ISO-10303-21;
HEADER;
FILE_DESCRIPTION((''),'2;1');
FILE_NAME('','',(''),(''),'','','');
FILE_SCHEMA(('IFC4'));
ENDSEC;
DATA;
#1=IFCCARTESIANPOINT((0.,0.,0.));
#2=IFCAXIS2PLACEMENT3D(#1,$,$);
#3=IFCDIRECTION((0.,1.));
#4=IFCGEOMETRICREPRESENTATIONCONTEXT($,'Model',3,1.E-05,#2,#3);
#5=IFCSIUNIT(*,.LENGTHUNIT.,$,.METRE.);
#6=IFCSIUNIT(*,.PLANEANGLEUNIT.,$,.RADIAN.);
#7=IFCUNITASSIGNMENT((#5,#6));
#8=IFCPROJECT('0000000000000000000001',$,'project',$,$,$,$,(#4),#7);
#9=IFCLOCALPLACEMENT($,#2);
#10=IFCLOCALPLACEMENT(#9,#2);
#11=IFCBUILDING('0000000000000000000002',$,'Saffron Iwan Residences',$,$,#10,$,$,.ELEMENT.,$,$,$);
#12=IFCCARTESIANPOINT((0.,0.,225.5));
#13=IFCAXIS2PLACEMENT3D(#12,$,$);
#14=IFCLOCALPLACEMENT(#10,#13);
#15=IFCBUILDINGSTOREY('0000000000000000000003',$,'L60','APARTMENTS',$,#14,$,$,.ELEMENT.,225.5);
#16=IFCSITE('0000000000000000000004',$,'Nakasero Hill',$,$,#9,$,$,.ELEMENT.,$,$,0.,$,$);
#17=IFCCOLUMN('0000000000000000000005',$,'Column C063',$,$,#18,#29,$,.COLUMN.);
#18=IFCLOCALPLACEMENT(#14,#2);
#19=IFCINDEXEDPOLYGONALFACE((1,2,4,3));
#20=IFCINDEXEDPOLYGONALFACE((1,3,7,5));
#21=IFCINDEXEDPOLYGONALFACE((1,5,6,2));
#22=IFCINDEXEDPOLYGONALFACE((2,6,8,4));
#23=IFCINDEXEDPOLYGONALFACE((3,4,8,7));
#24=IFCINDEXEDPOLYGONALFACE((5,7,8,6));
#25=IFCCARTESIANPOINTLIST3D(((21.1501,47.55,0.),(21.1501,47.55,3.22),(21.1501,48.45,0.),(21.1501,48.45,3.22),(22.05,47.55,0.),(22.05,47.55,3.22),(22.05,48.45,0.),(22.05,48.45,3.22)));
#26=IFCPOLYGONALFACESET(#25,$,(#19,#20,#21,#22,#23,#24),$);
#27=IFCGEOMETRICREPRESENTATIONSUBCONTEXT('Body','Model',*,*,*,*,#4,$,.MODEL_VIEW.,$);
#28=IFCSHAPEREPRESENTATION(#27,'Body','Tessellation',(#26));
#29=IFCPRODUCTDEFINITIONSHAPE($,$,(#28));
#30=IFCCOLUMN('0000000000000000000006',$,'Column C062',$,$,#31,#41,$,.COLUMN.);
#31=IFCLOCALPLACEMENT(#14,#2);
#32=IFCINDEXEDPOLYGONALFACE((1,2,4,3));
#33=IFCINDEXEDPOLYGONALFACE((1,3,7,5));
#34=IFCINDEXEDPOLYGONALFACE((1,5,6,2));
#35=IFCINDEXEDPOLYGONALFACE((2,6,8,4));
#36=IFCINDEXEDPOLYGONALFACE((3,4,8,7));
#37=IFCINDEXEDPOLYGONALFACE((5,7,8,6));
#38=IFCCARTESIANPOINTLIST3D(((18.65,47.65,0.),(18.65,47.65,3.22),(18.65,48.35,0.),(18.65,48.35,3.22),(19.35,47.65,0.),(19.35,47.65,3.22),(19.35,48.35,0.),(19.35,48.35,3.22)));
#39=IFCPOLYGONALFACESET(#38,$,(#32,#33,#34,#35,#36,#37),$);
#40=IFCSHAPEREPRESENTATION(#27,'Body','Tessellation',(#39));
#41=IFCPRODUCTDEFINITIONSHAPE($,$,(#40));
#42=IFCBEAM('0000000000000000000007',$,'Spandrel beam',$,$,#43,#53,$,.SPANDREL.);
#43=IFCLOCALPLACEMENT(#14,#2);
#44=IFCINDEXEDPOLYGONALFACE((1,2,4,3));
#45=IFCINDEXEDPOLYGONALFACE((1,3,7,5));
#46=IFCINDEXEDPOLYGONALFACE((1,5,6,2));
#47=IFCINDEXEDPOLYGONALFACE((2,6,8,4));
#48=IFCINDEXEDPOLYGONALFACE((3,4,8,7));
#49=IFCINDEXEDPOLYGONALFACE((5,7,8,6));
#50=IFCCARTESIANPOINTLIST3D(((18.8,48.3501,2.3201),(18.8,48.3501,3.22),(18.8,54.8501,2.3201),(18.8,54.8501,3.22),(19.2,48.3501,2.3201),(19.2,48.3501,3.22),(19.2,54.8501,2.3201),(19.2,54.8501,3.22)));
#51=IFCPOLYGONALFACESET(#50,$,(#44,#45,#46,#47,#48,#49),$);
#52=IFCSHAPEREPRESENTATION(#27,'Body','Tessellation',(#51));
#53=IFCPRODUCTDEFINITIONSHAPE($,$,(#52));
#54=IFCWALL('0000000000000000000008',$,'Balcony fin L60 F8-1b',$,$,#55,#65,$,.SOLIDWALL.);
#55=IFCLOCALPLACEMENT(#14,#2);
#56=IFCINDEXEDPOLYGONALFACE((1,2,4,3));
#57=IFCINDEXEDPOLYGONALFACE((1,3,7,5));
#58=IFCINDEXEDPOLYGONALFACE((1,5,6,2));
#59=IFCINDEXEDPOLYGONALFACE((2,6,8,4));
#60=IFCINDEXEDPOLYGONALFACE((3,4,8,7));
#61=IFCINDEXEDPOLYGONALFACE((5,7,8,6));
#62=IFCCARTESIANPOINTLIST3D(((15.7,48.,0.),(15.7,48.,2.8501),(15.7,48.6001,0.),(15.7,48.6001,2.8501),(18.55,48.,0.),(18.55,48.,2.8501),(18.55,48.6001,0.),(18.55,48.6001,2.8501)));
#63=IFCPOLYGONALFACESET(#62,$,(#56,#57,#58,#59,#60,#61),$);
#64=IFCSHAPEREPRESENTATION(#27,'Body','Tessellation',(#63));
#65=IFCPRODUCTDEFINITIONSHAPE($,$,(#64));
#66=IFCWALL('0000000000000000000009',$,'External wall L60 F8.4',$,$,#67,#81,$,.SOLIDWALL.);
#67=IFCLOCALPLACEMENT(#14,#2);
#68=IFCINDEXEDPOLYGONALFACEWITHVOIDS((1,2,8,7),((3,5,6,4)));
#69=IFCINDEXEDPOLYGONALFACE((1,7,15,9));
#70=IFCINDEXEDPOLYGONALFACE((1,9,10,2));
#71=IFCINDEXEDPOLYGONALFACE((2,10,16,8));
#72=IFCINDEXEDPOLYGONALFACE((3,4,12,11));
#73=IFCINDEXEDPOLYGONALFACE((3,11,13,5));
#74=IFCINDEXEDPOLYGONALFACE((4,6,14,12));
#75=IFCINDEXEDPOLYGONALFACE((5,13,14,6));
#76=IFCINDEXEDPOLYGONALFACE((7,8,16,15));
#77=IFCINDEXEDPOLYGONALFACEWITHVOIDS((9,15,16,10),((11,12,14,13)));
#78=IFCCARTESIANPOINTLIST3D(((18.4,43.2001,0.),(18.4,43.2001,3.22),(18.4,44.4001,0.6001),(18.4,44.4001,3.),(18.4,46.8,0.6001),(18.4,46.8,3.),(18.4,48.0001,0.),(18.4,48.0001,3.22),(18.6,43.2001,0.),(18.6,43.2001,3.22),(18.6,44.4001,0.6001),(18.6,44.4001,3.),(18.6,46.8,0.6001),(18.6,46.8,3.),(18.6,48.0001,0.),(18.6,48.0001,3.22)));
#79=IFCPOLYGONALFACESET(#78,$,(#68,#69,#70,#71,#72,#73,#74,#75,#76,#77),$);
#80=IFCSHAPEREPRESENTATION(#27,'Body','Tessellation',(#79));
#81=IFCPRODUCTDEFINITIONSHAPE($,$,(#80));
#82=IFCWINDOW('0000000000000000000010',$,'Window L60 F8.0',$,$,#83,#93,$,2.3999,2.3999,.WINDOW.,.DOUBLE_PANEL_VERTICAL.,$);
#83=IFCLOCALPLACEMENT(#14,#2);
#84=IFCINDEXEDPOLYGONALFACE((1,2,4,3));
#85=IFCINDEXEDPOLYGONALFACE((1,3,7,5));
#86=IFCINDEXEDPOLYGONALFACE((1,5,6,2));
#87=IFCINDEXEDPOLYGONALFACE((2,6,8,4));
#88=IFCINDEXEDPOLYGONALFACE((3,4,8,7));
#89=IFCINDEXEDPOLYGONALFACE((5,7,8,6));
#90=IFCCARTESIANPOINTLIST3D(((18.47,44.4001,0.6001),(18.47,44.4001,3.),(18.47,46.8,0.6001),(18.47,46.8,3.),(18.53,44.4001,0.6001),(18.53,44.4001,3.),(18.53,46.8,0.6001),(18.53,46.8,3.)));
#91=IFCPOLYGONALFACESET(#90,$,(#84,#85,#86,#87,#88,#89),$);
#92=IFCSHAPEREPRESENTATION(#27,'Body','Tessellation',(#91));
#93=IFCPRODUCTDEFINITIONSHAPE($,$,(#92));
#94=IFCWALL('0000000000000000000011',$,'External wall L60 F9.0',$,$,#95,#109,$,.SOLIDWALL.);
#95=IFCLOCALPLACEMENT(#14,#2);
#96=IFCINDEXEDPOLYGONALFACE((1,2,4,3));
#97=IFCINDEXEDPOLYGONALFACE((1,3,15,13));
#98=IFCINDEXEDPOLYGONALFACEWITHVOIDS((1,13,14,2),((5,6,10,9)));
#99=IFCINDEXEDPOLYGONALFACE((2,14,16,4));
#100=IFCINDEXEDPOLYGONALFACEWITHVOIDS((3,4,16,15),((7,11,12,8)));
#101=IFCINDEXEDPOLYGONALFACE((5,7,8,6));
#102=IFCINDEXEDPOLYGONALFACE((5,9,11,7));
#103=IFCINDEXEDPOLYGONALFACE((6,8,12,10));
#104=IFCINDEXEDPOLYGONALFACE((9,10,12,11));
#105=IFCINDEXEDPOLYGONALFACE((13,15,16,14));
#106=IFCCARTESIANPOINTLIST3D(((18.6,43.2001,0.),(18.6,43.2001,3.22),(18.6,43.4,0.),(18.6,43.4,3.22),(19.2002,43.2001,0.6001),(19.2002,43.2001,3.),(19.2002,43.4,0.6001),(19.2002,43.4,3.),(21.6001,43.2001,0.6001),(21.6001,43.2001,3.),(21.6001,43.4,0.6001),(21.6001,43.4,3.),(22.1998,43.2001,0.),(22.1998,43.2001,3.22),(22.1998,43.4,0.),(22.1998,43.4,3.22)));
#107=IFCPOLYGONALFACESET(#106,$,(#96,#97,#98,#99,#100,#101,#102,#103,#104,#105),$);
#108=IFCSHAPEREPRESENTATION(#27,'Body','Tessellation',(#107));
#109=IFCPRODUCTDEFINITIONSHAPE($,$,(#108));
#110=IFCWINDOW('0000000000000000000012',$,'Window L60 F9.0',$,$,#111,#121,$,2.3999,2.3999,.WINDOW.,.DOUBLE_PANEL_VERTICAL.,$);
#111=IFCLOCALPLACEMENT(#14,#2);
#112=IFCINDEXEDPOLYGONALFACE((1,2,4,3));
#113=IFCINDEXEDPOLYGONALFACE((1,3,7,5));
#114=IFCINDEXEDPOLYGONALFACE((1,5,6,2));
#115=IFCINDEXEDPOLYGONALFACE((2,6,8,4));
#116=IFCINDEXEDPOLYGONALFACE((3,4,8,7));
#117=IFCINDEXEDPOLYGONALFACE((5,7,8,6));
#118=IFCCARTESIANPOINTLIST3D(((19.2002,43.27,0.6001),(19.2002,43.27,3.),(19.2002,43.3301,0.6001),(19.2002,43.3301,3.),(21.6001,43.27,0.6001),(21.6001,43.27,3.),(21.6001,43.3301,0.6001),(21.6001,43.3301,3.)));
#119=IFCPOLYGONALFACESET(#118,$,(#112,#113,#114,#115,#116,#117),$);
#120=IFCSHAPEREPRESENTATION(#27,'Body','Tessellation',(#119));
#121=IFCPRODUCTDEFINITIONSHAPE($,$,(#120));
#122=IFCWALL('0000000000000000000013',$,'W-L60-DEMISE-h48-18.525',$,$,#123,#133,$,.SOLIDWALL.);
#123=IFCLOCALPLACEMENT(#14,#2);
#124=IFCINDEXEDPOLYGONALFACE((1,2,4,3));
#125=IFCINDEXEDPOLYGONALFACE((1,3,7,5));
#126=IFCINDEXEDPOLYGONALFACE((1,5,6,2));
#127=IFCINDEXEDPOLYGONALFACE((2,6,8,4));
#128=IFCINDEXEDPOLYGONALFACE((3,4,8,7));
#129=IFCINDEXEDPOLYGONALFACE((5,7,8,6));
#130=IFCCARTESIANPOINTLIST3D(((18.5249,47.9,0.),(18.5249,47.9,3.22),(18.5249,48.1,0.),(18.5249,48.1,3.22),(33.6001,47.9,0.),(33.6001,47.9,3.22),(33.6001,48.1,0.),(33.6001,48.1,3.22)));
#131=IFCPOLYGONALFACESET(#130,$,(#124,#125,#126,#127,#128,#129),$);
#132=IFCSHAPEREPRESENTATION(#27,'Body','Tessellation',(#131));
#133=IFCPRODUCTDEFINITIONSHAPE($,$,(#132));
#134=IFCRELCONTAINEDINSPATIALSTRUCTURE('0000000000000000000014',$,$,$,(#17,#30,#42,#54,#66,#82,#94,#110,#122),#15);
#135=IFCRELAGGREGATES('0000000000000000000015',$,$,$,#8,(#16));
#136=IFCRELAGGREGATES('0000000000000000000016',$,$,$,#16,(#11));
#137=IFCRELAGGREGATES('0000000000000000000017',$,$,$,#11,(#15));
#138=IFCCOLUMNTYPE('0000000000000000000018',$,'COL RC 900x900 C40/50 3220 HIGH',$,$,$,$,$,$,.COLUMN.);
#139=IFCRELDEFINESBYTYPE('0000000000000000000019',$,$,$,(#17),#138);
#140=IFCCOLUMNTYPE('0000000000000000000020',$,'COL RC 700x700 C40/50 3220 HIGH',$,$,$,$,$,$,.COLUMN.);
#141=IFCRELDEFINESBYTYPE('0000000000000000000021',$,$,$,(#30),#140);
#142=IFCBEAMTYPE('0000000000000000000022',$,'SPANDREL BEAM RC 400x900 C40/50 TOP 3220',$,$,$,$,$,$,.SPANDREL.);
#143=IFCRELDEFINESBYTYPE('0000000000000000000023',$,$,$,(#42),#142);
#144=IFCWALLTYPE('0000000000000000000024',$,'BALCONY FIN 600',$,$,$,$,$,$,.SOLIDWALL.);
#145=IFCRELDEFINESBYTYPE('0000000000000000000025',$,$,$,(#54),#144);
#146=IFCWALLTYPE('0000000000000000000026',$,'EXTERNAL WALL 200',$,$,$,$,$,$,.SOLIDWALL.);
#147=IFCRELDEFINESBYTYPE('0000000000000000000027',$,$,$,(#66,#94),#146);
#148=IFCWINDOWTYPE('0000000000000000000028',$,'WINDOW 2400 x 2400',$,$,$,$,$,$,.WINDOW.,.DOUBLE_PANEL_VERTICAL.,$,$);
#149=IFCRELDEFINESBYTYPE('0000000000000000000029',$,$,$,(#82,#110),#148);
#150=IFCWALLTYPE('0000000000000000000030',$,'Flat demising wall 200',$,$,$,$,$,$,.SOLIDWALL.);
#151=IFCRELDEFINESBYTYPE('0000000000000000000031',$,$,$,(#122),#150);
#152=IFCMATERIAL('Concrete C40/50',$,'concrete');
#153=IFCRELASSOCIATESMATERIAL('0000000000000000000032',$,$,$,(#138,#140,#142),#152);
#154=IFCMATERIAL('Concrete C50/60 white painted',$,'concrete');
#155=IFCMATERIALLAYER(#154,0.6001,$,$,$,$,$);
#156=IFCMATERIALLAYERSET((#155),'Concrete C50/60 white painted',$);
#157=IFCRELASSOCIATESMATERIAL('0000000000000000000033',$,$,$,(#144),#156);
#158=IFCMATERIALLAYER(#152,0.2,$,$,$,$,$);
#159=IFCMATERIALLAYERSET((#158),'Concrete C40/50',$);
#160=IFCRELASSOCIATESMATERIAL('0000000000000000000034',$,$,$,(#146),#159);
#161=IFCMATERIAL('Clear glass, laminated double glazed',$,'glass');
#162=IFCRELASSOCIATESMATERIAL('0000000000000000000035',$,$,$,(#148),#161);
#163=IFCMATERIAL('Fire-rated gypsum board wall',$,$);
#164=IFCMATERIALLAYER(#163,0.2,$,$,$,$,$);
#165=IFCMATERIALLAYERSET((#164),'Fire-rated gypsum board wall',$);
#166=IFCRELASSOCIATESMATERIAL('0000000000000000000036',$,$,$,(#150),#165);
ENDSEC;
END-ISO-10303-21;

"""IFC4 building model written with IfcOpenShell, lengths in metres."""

from ifc_helpers import new_model, si_unit, direction, frame, frame_2d, origin, origin_2d, place, context, subcontext, project, spatial, rectangle, extrude, source, transform, mapped, material, layer, layer_set, material_profile, profile_set, type_object, element, fill, save


model = new_model("IFC4")

# Units and contexts
model_context = context("Model", 3, precision=1e-05, world=origin(), true_north=direction((0.0, 1.0)))
body_context = subcontext(model_context, "Body", "Model", "MODEL_VIEW")
ifc_project = project(units=[si_unit("LENGTHUNIT", "METRE"), si_unit("PLANEANGLEUNIT", "RADIAN")], contexts=[model_context])

# Site, building, storey
site_placement = place(None, origin())
site = spatial("IfcSite", under=ifc_project, at=site_placement, Name="Nakasero Hill", CompositionType="ELEMENT", RefElevation=0.0)
building_placement = place(site_placement, origin())
building = spatial("IfcBuilding", under=site, at=building_placement, Name="Saffron Iwan Residences", CompositionType="ELEMENT")
storey_placement = place(building_placement, frame((0.0, 0.0, 225.5)))
storey = spatial("IfcBuildingStorey", under=building, at=storey_placement, Name="L60", Description="APARTMENTS", CompositionType="ELEMENT", Elevation=225.5)

# Columns
ifc_material_1 = material(Name="Concrete C40/50", Category="concrete")
ifc_material_profile_1 = material_profile(ifc_material_1, rectangle(XDim=0.8999, YDim=0.8999, at=origin_2d()), Name="RC 900x900")
ifc_profile_set_1 = profile_set([ifc_material_profile_1], Name="Concrete C40/50")
column_type_1 = type_object("IfcColumnType", Name="COL RC 900x900 C40/50 3220 HIGH", PredefinedType="COLUMN", material=ifc_profile_set_1)
shared_shape_1 = source(origin(), body_context, "Body", "SweptSolid", [
    extrude(rectangle(XDim=0.8999, YDim=0.8999, at=origin_2d()), origin(), (0.0, 0.0, 1.0), 3.22),
])
column_1_placement = place(storey_placement, frame((21.6001, 48.0, 0.0), z_axis=(0.0, 0.0, 1.0), x_axis=(1.0, 0.0, 0.0)))
element("IfcColumn", 1, at=column_1_placement, inside=storey, type_object=column_type_1, Name="Column C063", PredefinedType="COLUMN", context=body_context, shape_type="MappedRepresentation", body=[
    mapped(shared_shape_1, transform((0.0, 0.0, 0.0))),
])
ifc_material_profile_2 = material_profile(ifc_material_1, rectangle(XDim=0.7, YDim=0.7, at=origin_2d()), Name="RC 700x700")
ifc_profile_set_2 = profile_set([ifc_material_profile_2], Name="Concrete C40/50")
column_type_2 = type_object("IfcColumnType", Name="COL RC 700x700 C40/50 3220 HIGH", PredefinedType="COLUMN", material=ifc_profile_set_2)
shared_shape_2 = source(origin(), body_context, "Body", "SweptSolid", [
    extrude(rectangle(XDim=0.7, YDim=0.7, at=origin_2d()), origin(), (0.0, 0.0, 1.0), 3.22),
])
column_2_placement = place(storey_placement, frame((19.0, 48.0, 0.0), z_axis=(0.0, 0.0, 1.0), x_axis=(1.0, 0.0, 0.0)))
element("IfcColumn", 2, at=column_2_placement, inside=storey, type_object=column_type_2, Name="Column C062", PredefinedType="COLUMN", context=body_context, shape_type="MappedRepresentation", body=[
    mapped(shared_shape_2, transform((0.0, 0.0, 0.0))),
])

# Beam
ifc_material_profile_3 = material_profile(ifc_material_1, rectangle(XDim=0.3999, YDim=0.8999, at=origin_2d()), Name="RC 400x900")
ifc_profile_set_3 = profile_set([ifc_material_profile_3], Name="Concrete C40/50")
beam_type = type_object("IfcBeamType", Name="SPANDREL BEAM RC 400x900 C40/50 TOP 3220", PredefinedType="SPANDREL", material=ifc_profile_set_3)
shared_shape_3 = source(origin(), body_context, "Body", "SweptSolid", [
    extrude(rectangle(XDim=0.3999, YDim=0.8999, at=origin_2d()), origin(), (0.0, 0.0, 1.0), 6.5),
])
beam_placement = place(storey_placement, frame((19.0, 48.3501, 2.77), z_axis=(0.0, 1.0, 0.0), x_axis=(-1.0, 0.0, 0.0)))
element("IfcBeam", 3, at=beam_placement, inside=storey, type_object=beam_type, Name="Spandrel beam", PredefinedType="SPANDREL", context=body_context, shape_type="MappedRepresentation", body=[
    mapped(shared_shape_3, transform((0.0, 0.0, 0.0))),
])

# Wall
ifc_material_2 = material(Name="Concrete C50/60 white painted", Category="concrete")
ifc_layer_1 = layer(ifc_material_2, 0.6001)
ifc_layer_set_1 = layer_set([ifc_layer_1], Name="Concrete C50/60 white painted")
wall_type_1 = type_object("IfcWallType", Name="BALCONY FIN 600", PredefinedType="SOLIDWALL", material=ifc_layer_set_1)
wall_1_placement = place(storey_placement, frame((18.55, 48.3, 0.0), z_axis=(0.0, 0.0, 1.0), x_axis=(-1.0, 0.0, 0.0)))
element("IfcWall", 4, at=wall_1_placement, inside=storey, type_object=wall_type_1, Name="Balcony fin L60 F8-1b", PredefinedType="SOLIDWALL", context=body_context, shape_type="SweptSolid", body=[
    extrude(rectangle(XDim=2.8501, YDim=0.6001, at=frame_2d((1.425, 0.0))), origin(), (0.0, 0.0, 1.0), 2.8501),
])

# Walls, openings, windows
ifc_layer_2 = layer(ifc_material_1, 0.2)
ifc_layer_set_2 = layer_set([ifc_layer_2], Name="Concrete C40/50")
wall_type_2 = type_object("IfcWallType", Name="EXTERNAL WALL 200", PredefinedType="SOLIDWALL", material=ifc_layer_set_2)
wall_2_placement = place(storey_placement, frame((18.5, 48.0, 0.0), z_axis=(0.0, 0.0, 1.0), x_axis=(0.0, -1.0, 0.0)))
wall_2 = element("IfcWall", 5, at=wall_2_placement, inside=storey, type_object=wall_type_2, Name="External wall L60 F8.4", PredefinedType="SOLIDWALL", context=body_context, shape_type="SweptSolid", body=[
    extrude(rectangle(XDim=4.8, YDim=0.2, at=frame_2d((2.3999, 0.0))), origin(), (0.0, 0.0, 1.0), 3.22),
])
opening_1_placement = place(wall_2_placement, frame((1.2, 0.0, 0.6001)))
opening_1 = element("IfcOpeningElement", 6, at=opening_1_placement, cuts=wall_2, PredefinedType="OPENING", context=body_context, shape_type="SweptSolid", body=[
    extrude(rectangle(XDim=2.3999, YDim=2.3999, at=frame_2d((1.2, 1.2))), frame((0.0, 0.1099, 0.0), z_axis=(0.0, -1.0, 0.0), x_axis=(1.0, 0.0, 0.0)), (0.0, 0.0, 1.0), 0.22),
])
ifc_material_3 = material(Name="Clear glass, laminated double glazed", Category="glass")
window_type = type_object("IfcWindowType", Name="WINDOW 2400 x 2400", PartitioningType="DOUBLE_PANEL_VERTICAL", PredefinedType="WINDOW", material=ifc_material_3)
window_1_placement = place(opening_1_placement, origin())
window_1 = element("IfcWindow", 7, at=window_1_placement, inside=storey, type_object=window_type, Name="Window L60 F8.0", OverallHeight=2.3999, OverallWidth=2.3999, PartitioningType="DOUBLE_PANEL_VERTICAL", PredefinedType="WINDOW", context=body_context, shape_type="SweptSolid", body=[
    extrude(rectangle(XDim=2.3999, YDim=2.3999, at=frame_2d((1.2, 1.2))), frame((0.0, 0.03, 0.0), z_axis=(0.0, -1.0, 0.0), x_axis=(1.0, 0.0, 0.0)), (0.0, 0.0, 1.0), 0.0601),
])
fill(opening_1, window_1)
wall_3_placement = place(storey_placement, frame((18.6001, 43.3, 0.0), z_axis=(0.0, 0.0, 1.0), x_axis=(1.0, 0.0, 0.0)))
wall_3 = element("IfcWall", 8, at=wall_3_placement, inside=storey, type_object=wall_type_2, Name="External wall L60 F9.0", PredefinedType="SOLIDWALL", context=body_context, shape_type="SweptSolid", body=[
    extrude(rectangle(XDim=3.5999, YDim=0.2, at=frame_2d((1.7998, 0.0))), origin(), (0.0, 0.0, 1.0), 3.22),
])
opening_2_placement = place(wall_3_placement, frame((0.6001, 0.0, 0.6001)))
opening_2 = element("IfcOpeningElement", 9, at=opening_2_placement, cuts=wall_3, PredefinedType="OPENING", context=body_context, shape_type="SweptSolid", body=[
    extrude(rectangle(XDim=2.3999, YDim=2.3999, at=frame_2d((1.2, 1.2))), frame((0.0, 0.1099, 0.0), z_axis=(0.0, -1.0, 0.0), x_axis=(1.0, 0.0, 0.0)), (0.0, 0.0, 1.0), 0.22),
])
window_2_placement = place(opening_2_placement, origin())
window_2 = element("IfcWindow", 10, at=window_2_placement, inside=storey, type_object=window_type, Name="Window L60 F9.0", OverallHeight=2.3999, OverallWidth=2.3999, PartitioningType="DOUBLE_PANEL_VERTICAL", PredefinedType="WINDOW", context=body_context, shape_type="SweptSolid", body=[
    extrude(rectangle(XDim=2.3999, YDim=2.3999, at=frame_2d((1.2, 1.2))), frame((0.0, 0.03, 0.0), z_axis=(0.0, -1.0, 0.0), x_axis=(1.0, 0.0, 0.0)), (0.0, 0.0, 1.0), 0.0601),
])
fill(opening_2, window_2)

# Wall
ifc_material_4 = material(Name="Fire-rated gypsum board wall")
ifc_layer_3 = layer(ifc_material_4, 0.2)
ifc_layer_set_3 = layer_set([ifc_layer_3], Name="Fire-rated gypsum board wall")
wall_type_3 = type_object("IfcWallType", Name="Flat demising wall 200", PredefinedType="SOLIDWALL", material=ifc_layer_set_3)
wall_4_placement = place(storey_placement, frame((18.5249, 48.0, 0.0), z_axis=(0.0, 0.0, 1.0), x_axis=(1.0, 0.0, 0.0)))
element("IfcWall", 11, at=wall_4_placement, inside=storey, type_object=wall_type_3, Name="W-L60-DEMISE-h48-18.525", PredefinedType="SOLIDWALL", context=body_context, shape_type="SweptSolid", body=[
    extrude(rectangle(XDim=15.0752, YDim=0.2, at=frame_2d((7.5376, 0.0))), origin(), (0.0, 0.0, 1.0), 3.22),
])

save(model, "model.ifc")
